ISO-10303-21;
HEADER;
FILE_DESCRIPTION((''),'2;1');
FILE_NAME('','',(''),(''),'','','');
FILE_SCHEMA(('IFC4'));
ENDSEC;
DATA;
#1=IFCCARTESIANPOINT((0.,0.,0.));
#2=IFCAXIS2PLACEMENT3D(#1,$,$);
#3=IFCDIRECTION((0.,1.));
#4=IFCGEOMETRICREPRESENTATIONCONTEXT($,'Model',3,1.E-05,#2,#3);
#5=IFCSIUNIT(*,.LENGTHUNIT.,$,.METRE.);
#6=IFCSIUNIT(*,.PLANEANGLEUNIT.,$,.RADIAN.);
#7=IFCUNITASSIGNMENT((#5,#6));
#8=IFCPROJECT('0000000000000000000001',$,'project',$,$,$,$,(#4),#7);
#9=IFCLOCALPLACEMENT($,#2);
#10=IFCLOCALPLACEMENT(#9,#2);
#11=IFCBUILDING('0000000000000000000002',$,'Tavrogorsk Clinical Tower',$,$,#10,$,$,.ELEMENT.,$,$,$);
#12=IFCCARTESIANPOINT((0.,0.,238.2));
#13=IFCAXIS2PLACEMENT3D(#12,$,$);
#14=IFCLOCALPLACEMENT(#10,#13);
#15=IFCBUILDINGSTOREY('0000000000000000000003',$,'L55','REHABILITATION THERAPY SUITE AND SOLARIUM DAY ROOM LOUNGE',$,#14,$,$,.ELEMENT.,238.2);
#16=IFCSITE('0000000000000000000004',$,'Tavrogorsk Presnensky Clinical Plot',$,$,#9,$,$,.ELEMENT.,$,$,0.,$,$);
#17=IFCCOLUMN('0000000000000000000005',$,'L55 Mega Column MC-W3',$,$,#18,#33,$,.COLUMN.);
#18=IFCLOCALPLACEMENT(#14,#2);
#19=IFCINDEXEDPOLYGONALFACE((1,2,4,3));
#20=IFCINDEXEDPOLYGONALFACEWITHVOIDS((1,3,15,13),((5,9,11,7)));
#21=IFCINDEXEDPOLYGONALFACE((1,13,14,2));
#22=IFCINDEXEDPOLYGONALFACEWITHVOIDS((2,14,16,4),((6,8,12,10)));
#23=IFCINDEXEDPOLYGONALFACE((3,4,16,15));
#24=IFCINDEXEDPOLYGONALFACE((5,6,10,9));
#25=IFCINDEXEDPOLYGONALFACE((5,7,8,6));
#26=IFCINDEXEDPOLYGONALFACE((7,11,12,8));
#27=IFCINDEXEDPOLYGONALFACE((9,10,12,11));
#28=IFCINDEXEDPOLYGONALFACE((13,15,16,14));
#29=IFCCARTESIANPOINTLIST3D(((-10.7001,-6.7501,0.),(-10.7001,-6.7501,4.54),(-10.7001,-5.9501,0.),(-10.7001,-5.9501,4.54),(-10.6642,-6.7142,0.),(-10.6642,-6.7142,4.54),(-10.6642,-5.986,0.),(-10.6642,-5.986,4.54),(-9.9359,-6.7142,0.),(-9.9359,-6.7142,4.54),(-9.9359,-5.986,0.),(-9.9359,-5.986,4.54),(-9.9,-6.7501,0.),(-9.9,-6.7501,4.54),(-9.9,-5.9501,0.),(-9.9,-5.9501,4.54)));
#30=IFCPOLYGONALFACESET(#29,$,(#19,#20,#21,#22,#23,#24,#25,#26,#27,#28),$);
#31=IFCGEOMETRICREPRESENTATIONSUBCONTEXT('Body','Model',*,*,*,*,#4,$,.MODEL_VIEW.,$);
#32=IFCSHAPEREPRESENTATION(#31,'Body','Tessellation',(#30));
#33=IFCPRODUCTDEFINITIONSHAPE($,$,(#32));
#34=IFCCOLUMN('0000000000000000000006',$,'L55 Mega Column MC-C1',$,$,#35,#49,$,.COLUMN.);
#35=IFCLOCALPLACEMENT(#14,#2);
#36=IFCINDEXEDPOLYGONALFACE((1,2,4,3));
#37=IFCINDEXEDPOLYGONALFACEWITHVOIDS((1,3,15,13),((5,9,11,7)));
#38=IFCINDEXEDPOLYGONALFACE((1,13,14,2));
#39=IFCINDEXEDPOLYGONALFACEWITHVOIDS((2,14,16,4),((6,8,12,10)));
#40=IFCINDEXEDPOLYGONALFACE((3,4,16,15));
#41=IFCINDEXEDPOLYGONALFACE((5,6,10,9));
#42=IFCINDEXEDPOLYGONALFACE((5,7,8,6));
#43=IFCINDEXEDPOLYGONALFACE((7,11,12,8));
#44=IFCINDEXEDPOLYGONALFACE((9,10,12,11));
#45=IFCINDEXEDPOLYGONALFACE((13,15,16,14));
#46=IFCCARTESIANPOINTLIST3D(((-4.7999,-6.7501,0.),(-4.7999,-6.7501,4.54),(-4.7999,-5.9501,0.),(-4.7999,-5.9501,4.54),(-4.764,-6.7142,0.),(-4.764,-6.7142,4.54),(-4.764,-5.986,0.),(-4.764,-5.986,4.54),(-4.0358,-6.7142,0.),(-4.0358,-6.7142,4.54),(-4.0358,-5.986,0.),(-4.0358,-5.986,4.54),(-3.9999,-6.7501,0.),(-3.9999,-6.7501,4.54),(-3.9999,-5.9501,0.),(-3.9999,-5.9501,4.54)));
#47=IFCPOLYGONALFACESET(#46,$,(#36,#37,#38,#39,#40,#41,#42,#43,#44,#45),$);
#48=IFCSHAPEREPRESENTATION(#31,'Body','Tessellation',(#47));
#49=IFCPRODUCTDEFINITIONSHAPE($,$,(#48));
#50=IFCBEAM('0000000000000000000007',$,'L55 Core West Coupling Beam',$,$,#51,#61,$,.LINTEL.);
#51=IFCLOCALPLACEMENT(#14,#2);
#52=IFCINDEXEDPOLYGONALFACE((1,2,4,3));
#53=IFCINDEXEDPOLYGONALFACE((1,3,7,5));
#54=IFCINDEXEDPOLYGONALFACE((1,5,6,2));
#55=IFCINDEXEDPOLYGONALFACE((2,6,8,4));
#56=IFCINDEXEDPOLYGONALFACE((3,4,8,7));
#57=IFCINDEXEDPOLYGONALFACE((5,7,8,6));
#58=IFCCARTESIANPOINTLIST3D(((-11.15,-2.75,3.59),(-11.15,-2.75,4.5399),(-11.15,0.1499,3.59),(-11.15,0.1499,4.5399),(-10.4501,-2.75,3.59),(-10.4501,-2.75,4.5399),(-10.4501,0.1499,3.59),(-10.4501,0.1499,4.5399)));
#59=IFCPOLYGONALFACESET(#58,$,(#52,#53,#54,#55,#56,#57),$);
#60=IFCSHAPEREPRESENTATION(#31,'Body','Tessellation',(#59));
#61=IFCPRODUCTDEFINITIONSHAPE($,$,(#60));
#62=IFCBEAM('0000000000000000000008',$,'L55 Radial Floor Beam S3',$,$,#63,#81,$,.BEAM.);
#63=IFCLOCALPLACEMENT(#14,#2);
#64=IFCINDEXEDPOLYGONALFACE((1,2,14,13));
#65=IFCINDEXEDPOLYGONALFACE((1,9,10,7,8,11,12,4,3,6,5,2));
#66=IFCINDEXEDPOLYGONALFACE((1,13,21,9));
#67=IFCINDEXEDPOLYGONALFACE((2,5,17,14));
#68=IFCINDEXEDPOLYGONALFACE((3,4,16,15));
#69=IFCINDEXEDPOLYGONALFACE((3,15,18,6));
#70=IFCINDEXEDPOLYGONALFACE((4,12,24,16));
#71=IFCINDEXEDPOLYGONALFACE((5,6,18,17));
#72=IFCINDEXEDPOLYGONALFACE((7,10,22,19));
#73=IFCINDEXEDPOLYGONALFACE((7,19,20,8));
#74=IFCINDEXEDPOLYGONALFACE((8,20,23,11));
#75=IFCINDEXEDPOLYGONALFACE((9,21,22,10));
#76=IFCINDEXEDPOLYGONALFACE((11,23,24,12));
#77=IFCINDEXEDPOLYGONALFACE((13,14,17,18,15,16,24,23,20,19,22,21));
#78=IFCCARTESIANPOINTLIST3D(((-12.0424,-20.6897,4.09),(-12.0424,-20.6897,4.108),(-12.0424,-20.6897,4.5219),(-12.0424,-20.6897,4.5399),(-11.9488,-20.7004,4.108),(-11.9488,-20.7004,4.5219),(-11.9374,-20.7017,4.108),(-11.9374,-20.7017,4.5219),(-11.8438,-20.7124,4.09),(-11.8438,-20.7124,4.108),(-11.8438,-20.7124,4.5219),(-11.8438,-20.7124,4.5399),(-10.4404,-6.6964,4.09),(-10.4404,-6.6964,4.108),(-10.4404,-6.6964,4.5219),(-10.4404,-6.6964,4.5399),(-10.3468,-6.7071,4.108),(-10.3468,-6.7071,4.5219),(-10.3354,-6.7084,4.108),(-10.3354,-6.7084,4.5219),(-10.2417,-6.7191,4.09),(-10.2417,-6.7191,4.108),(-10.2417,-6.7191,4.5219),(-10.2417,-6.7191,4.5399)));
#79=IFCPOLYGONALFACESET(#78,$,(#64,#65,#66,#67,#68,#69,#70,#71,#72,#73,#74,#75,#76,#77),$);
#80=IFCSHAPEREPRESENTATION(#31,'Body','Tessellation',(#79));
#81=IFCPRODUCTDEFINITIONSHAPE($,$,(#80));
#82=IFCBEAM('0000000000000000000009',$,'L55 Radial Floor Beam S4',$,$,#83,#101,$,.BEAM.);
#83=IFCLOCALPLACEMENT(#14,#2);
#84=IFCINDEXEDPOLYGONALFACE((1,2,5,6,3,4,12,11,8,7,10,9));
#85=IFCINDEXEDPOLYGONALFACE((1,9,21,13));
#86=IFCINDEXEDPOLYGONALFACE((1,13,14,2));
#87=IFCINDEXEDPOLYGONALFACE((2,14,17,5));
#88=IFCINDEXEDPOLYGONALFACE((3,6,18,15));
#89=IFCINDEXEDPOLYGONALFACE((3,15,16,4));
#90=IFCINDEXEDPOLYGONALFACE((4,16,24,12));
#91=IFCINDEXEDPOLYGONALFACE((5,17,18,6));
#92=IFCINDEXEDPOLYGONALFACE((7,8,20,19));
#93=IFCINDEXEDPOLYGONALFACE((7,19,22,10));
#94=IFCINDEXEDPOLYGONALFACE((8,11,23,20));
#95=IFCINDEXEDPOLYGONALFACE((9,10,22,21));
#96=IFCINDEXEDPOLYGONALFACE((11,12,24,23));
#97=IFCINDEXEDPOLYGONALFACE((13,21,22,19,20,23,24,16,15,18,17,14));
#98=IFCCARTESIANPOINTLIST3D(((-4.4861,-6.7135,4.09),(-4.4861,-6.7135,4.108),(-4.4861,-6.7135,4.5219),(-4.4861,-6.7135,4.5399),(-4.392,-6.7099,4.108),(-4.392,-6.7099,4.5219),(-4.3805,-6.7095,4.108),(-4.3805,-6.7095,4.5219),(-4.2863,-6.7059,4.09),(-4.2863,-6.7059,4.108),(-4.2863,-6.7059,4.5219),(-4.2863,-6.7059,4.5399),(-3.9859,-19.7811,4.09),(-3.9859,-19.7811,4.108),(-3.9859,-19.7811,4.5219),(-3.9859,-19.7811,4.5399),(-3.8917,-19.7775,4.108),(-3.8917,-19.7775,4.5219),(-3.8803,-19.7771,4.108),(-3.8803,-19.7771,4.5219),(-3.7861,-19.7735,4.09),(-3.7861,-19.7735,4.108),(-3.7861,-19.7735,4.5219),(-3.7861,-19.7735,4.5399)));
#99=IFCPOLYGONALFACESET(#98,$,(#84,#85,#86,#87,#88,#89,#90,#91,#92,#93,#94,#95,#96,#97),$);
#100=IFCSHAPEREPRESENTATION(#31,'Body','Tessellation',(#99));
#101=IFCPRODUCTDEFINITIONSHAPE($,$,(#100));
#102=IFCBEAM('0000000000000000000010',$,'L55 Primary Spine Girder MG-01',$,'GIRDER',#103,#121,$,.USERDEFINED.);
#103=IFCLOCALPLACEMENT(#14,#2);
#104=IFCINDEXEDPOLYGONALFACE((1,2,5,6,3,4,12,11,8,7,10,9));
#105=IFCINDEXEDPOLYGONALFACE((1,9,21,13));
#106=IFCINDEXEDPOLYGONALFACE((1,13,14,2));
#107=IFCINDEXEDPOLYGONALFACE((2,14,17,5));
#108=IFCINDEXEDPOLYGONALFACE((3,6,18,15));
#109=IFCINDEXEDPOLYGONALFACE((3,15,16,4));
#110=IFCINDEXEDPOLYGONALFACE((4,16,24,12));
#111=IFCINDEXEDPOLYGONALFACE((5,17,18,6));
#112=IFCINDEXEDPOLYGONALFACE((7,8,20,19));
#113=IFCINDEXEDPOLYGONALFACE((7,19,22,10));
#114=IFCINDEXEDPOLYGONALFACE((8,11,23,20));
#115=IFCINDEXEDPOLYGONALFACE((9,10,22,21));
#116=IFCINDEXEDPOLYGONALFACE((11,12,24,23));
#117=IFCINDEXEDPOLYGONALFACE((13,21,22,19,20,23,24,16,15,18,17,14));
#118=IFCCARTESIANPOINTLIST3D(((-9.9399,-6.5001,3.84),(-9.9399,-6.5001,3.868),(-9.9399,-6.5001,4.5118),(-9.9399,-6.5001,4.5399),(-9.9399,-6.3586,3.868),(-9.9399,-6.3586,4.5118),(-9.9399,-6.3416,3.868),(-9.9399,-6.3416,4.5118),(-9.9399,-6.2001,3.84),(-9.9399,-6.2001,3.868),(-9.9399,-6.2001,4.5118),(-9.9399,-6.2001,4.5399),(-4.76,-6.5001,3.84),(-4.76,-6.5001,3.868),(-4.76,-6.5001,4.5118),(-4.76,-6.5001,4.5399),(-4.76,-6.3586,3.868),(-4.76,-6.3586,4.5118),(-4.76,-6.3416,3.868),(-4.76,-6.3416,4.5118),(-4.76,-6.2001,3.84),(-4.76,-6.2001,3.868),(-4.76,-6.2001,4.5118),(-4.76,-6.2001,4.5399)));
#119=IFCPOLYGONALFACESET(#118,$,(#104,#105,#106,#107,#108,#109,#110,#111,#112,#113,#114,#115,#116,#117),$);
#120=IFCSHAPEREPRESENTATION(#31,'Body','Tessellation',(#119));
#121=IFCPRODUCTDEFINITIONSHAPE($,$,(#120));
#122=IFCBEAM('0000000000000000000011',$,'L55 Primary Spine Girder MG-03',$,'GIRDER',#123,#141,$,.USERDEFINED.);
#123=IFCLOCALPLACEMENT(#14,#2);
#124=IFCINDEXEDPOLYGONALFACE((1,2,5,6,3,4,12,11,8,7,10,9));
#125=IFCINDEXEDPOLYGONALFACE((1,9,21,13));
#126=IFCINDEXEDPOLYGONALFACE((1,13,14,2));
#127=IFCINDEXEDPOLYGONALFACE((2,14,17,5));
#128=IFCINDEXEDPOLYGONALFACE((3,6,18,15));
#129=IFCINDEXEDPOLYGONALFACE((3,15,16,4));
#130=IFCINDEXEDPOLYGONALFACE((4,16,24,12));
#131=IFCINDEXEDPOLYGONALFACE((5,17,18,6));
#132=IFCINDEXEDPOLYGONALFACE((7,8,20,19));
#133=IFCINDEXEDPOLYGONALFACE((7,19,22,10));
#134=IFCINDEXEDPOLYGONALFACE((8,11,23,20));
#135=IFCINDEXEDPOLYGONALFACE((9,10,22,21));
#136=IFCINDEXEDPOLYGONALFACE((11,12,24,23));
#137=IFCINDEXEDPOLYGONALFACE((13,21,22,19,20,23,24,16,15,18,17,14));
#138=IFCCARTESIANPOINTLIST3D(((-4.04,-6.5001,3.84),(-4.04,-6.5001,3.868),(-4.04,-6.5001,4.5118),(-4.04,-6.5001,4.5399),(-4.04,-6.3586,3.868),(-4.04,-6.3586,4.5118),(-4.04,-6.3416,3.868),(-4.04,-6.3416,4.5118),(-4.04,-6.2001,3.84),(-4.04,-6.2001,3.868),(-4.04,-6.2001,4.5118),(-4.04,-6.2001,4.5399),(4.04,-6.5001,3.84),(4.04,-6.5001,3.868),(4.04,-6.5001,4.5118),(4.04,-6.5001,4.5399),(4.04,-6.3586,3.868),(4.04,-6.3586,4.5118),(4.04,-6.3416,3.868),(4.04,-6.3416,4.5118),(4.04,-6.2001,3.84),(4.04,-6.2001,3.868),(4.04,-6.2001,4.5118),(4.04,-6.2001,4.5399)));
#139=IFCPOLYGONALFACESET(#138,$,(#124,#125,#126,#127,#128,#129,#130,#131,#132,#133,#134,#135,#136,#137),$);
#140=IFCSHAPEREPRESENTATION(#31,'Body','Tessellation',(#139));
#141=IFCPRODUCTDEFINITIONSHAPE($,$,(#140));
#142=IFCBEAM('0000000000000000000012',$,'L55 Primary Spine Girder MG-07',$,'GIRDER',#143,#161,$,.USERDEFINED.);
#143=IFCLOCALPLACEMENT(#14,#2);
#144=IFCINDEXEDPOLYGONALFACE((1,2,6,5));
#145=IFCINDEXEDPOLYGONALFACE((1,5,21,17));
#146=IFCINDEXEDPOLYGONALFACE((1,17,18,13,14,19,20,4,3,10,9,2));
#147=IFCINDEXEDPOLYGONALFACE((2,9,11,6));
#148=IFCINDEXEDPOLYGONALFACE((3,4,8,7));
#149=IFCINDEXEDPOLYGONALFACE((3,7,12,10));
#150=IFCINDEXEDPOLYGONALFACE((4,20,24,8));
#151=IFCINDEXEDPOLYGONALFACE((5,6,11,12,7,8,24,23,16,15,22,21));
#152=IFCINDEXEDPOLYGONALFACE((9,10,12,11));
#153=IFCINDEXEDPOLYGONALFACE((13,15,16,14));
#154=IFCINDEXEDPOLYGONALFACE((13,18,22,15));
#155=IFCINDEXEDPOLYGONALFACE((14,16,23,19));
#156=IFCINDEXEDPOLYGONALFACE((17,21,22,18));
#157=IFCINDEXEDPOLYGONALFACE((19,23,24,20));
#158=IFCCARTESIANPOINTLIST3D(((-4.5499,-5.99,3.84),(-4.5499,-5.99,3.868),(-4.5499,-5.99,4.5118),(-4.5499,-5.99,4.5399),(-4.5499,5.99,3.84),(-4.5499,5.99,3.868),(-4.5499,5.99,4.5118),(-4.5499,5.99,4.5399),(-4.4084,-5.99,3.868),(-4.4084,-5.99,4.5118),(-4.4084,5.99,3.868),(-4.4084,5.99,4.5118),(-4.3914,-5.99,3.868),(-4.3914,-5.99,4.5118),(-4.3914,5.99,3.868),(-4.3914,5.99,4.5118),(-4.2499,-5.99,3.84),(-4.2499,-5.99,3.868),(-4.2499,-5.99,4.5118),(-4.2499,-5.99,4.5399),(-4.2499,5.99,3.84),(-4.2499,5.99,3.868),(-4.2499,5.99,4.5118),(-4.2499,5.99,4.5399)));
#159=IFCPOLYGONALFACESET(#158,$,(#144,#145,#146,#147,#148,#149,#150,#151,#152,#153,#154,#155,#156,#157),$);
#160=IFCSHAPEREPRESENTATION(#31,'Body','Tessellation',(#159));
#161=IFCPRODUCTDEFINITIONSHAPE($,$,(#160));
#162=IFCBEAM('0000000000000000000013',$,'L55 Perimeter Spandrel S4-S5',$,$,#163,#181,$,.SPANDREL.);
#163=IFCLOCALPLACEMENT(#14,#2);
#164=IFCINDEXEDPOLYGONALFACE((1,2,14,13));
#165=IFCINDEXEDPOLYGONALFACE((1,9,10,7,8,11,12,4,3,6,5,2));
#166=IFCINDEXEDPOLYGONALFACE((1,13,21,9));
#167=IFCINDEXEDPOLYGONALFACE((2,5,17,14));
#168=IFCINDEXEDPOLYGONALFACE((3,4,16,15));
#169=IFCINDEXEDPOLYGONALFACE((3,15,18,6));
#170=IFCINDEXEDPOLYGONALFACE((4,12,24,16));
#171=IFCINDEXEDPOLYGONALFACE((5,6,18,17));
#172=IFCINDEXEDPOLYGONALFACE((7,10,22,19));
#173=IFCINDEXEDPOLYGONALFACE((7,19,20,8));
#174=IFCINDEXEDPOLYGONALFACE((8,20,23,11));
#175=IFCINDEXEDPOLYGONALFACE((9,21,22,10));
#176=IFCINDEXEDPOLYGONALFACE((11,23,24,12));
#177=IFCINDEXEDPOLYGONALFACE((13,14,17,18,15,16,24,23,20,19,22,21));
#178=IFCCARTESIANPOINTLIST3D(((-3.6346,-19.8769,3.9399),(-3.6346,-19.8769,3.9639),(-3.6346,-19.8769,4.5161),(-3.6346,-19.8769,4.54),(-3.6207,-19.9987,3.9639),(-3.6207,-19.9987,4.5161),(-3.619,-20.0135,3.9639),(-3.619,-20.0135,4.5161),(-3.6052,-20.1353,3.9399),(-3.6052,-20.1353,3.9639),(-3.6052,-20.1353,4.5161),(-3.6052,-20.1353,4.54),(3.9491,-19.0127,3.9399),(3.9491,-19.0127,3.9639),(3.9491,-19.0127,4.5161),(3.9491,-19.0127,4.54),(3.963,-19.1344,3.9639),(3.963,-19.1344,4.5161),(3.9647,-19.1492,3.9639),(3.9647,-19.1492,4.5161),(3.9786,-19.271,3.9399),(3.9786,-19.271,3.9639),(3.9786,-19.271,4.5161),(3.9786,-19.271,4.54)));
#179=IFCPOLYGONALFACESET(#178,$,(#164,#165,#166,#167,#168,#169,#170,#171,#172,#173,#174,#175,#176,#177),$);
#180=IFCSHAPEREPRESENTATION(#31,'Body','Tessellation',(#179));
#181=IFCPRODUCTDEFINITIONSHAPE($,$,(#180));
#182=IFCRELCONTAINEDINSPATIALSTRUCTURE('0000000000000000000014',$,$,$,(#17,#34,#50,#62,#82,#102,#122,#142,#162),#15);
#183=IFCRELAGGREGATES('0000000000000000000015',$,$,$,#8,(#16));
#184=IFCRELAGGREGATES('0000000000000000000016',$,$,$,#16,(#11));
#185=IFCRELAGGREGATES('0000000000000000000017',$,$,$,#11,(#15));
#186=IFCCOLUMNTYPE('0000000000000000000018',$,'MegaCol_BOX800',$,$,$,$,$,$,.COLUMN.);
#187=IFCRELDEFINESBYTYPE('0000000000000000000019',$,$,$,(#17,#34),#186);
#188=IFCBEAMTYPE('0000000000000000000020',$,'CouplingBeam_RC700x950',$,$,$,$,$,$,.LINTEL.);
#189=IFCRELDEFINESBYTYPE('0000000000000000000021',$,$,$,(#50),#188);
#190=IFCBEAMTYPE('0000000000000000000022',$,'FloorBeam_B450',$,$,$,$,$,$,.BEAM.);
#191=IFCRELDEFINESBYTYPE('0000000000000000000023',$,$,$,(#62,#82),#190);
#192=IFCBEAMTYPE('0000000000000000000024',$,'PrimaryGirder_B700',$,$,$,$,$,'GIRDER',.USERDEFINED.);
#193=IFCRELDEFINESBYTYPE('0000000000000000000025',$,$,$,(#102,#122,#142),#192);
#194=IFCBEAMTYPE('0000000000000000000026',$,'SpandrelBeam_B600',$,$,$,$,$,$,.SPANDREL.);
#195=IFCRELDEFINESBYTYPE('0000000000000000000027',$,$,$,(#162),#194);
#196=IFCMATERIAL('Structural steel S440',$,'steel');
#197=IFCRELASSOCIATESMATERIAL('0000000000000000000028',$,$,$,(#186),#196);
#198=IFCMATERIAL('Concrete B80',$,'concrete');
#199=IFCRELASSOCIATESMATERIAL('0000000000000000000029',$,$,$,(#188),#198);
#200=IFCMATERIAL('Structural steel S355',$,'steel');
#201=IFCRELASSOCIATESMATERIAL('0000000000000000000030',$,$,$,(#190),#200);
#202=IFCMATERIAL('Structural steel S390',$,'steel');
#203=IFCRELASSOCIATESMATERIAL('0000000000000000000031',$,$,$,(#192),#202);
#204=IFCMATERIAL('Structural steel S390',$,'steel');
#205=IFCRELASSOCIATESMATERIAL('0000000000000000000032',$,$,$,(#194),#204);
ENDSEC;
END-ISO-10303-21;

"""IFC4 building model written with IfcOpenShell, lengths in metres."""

from ifc_helpers import new_model, si_unit, direction, frame, origin, origin_2d, place, context, subcontext, project, spatial, rectangle, hollow_rectangle, i_section, extrude, material, material_profile, profile_set, type_object, element, save


model = new_model("IFC4")

# Units and contexts
model_context = context("Model", 3, precision=1e-05, world=origin(), true_north=direction((0.0, 1.0)))
body_context = subcontext(model_context, "Body", "Model", "MODEL_VIEW")
ifc_project = project(units=[si_unit("LENGTHUNIT", "METRE"), si_unit("PLANEANGLEUNIT", "RADIAN")], contexts=[model_context])

# Site, building, storey
site_placement = place(None, origin())
site = spatial("IfcSite", under=ifc_project, at=site_placement, Name="Tavrogorsk Presnensky Clinical Plot", CompositionType="ELEMENT", RefElevation=0.0)
building_placement = place(site_placement, origin())
building = spatial("IfcBuilding", under=site, at=building_placement, Name="Tavrogorsk Clinical Tower", CompositionType="ELEMENT")
storey_placement = place(building_placement, frame((0.0, 0.0, 238.2)))
storey = spatial("IfcBuildingStorey", under=building, at=storey_placement, Name="L55", Description="REHABILITATION THERAPY SUITE AND SOLARIUM DAY ROOM LOUNGE", CompositionType="ELEMENT", Elevation=238.2)

# Columns
ifc_material_1 = material(Name="Structural steel S440", Category="steel")
ifc_material_profile_1 = material_profile(ifc_material_1, hollow_rectangle(XDim=0.8, YDim=0.8, WallThickness=0.0359, at=origin_2d()), Name="BOX-800x800x36")
ifc_profile_set_1 = profile_set([ifc_material_profile_1], Name="Structural steel S440")
column_type = type_object("IfcColumnType", Name="MegaCol_BOX800", PredefinedType="COLUMN", material=ifc_profile_set_1)
for number, where, z_axis, x_axis, name in (
    (1, (-10.3, -6.3501, 0.0), (0.0, 0.0, 1.0), (1.0, 0.0, 0.0), "L55 Mega Column MC-W3"),
    (2, (-4.3999, -6.3501, 0.0), (0.0, 0.0, 1.0), (1.0, 0.0, 0.0), "L55 Mega Column MC-C1"),
):
    element("IfcColumn", number, at=place(storey_placement, frame(where, z_axis=z_axis, x_axis=x_axis)), inside=storey, type_object=column_type, Name=name, PredefinedType="COLUMN", context=body_context, shape_type="SweptSolid", body=[
        extrude(hollow_rectangle(XDim=0.8, YDim=0.8, WallThickness=0.0359, at=origin_2d()), origin(), (0.0, 0.0, 1.0), 4.54),
    ])

# Beams
ifc_material_2 = material(Name="Concrete B80", Category="concrete")
ifc_material_profile_2 = material_profile(ifc_material_2, rectangle(XDim=0.7, YDim=0.95, at=origin_2d()), Name="RC-CB-700x950")
ifc_profile_set_2 = profile_set([ifc_material_profile_2], Name="Concrete B80")
beam_type_1 = type_object("IfcBeamType", Name="CouplingBeam_RC700x950", PredefinedType="LINTEL", material=ifc_profile_set_2)
beam_1_placement = place(storey_placement, frame((-10.8, -2.75, 4.0649), z_axis=(0.0, 1.0, 0.0), x_axis=(-1.0, 0.0, 0.0)))
element("IfcBeam", 3, at=beam_1_placement, inside=storey, type_object=beam_type_1, Name="L55 Core West Coupling Beam", PredefinedType="LINTEL", context=body_context, shape_type="SweptSolid", body=[
    extrude(rectangle(XDim=0.7, YDim=0.95, at=origin_2d()), origin(), (0.0, 0.0, 1.0), 2.8999),
])
ifc_material_3 = material(Name="Structural steel S355", Category="steel")
ifc_material_profile_3 = material_profile(ifc_material_3, i_section(OverallWidth=0.2, OverallDepth=0.45, WebThickness=0.0115, FlangeThickness=0.0181, at=origin_2d()), Name="B-450x200x11.5x18")
ifc_profile_set_3 = profile_set([ifc_material_profile_3], Name="Structural steel S355")
beam_type_2 = type_object("IfcBeamType", Name="FloorBeam_B450", PredefinedType="BEAM", material=ifc_profile_set_3)
beam_2_placement = place(storey_placement, frame((-10.3411, -6.7078, 4.3149), z_axis=(-0.113743, -0.99351, 0.0), x_axis=(0.99351, -0.113743, 0.0)))
element("IfcBeam", 4, at=beam_2_placement, inside=storey, type_object=beam_type_2, Name="L55 Radial Floor Beam S3", PredefinedType="BEAM", context=body_context, shape_type="SweptSolid", body=[
    extrude(i_section(OverallWidth=0.2, OverallDepth=0.45, WebThickness=0.0115, FlangeThickness=0.0181, at=origin_2d()), origin(), (0.0, 0.0, 1.0), 14.0847),
])
beam_3_placement = place(storey_placement, frame((-4.3862, -6.7097, 4.3149), z_axis=(0.038253, -0.999268, 0.0), x_axis=(0.999268, 0.038253, 0.0)))
element("IfcBeam", 5, at=beam_3_placement, inside=storey, type_object=beam_type_2, Name="L55 Radial Floor Beam S4", PredefinedType="BEAM", context=body_context, shape_type="SweptSolid", body=[
    extrude(i_section(OverallWidth=0.2, OverallDepth=0.45, WebThickness=0.0115, FlangeThickness=0.0181, at=origin_2d()), origin(), (0.0, 0.0, 1.0), 13.0771),
])
ifc_material_4 = material(Name="Structural steel S390", Category="steel")
ifc_material_profile_4 = material_profile(ifc_material_4, i_section(OverallWidth=0.3, OverallDepth=0.7, WebThickness=0.0171, FlangeThickness=0.0281, at=origin_2d()), Name="B-700x300x17x28")
ifc_profile_set_4 = profile_set([ifc_material_profile_4], Name="Structural steel S390")
beam_type_3 = type_object("IfcBeamType", Name="PrimaryGirder_B700", ElementType="GIRDER", PredefinedType="USERDEFINED", material=ifc_profile_set_4)
beam_4_placement = place(storey_placement, frame((-9.9399, -6.3501, 4.1899), z_axis=(1.0, 0.0, 0.0), x_axis=(0.0, 1.0, 0.0)))
element("IfcBeam", 6, at=beam_4_placement, inside=storey, type_object=beam_type_3, Name="L55 Primary Spine Girder MG-01", ObjectType="GIRDER", PredefinedType="USERDEFINED", context=body_context, shape_type="SweptSolid", body=[
    extrude(i_section(OverallWidth=0.3, OverallDepth=0.7, WebThickness=0.0171, FlangeThickness=0.0281, at=origin_2d()), origin(), (0.0, 0.0, 1.0), 5.1799),
])
beam_5_placement = place(storey_placement, frame((-4.04, -6.3501, 4.1899), z_axis=(1.0, 0.0, 0.0), x_axis=(0.0, 1.0, 0.0)))
element("IfcBeam", 7, at=beam_5_placement, inside=storey, type_object=beam_type_3, Name="L55 Primary Spine Girder MG-03", ObjectType="GIRDER", PredefinedType="USERDEFINED", context=body_context, shape_type="SweptSolid", body=[
    extrude(i_section(OverallWidth=0.3, OverallDepth=0.7, WebThickness=0.0171, FlangeThickness=0.0281, at=origin_2d()), origin(), (0.0, 0.0, 1.0), 8.0801),
])
beam_6_placement = place(storey_placement, frame((-4.3999, -5.99, 4.1899), z_axis=(0.0, 1.0, 0.0), x_axis=(-1.0, 0.0, 0.0)))
element("IfcBeam", 8, at=beam_6_placement, inside=storey, type_object=beam_type_3, Name="L55 Primary Spine Girder MG-07", ObjectType="GIRDER", PredefinedType="USERDEFINED", context=body_context, shape_type="SweptSolid", body=[
    extrude(i_section(OverallWidth=0.3, OverallDepth=0.7, WebThickness=0.0171, FlangeThickness=0.0281, at=origin_2d()), origin(), (0.0, 0.0, 1.0), 11.98),
])
ifc_material_5 = material(Name="Structural steel S390", Category="steel")
ifc_material_profile_5 = material_profile(ifc_material_5, i_section(OverallWidth=0.26, OverallDepth=0.6001, WebThickness=0.0149, FlangeThickness=0.0239, at=origin_2d()), Name="B-600x260x15x24")
ifc_profile_set_5 = profile_set([ifc_material_profile_5], Name="Structural steel S390")
beam_type_4 = type_object("IfcBeamType", Name="SpandrelBeam_B600", PredefinedType="SPANDREL", material=ifc_profile_set_5)
beam_7_placement = place(storey_placement, frame((-3.6199, -20.0061, 4.24), z_axis=(0.993569, 0.113229, 0.0), x_axis=(-0.113229, 0.993569, 0.0)))
element("IfcBeam", 9, at=beam_7_placement, inside=storey, type_object=beam_type_4, Name="L55 Perimeter Spandrel S4-S5", PredefinedType="SPANDREL", context=body_context, shape_type="SweptSolid", body=[
    extrude(i_section(OverallWidth=0.26, OverallDepth=0.6001, WebThickness=0.0149, FlangeThickness=0.0239, at=origin_2d()), origin(), (0.0, 0.0, 1.0), 7.6328),
])

save(model, "model.ifc")
